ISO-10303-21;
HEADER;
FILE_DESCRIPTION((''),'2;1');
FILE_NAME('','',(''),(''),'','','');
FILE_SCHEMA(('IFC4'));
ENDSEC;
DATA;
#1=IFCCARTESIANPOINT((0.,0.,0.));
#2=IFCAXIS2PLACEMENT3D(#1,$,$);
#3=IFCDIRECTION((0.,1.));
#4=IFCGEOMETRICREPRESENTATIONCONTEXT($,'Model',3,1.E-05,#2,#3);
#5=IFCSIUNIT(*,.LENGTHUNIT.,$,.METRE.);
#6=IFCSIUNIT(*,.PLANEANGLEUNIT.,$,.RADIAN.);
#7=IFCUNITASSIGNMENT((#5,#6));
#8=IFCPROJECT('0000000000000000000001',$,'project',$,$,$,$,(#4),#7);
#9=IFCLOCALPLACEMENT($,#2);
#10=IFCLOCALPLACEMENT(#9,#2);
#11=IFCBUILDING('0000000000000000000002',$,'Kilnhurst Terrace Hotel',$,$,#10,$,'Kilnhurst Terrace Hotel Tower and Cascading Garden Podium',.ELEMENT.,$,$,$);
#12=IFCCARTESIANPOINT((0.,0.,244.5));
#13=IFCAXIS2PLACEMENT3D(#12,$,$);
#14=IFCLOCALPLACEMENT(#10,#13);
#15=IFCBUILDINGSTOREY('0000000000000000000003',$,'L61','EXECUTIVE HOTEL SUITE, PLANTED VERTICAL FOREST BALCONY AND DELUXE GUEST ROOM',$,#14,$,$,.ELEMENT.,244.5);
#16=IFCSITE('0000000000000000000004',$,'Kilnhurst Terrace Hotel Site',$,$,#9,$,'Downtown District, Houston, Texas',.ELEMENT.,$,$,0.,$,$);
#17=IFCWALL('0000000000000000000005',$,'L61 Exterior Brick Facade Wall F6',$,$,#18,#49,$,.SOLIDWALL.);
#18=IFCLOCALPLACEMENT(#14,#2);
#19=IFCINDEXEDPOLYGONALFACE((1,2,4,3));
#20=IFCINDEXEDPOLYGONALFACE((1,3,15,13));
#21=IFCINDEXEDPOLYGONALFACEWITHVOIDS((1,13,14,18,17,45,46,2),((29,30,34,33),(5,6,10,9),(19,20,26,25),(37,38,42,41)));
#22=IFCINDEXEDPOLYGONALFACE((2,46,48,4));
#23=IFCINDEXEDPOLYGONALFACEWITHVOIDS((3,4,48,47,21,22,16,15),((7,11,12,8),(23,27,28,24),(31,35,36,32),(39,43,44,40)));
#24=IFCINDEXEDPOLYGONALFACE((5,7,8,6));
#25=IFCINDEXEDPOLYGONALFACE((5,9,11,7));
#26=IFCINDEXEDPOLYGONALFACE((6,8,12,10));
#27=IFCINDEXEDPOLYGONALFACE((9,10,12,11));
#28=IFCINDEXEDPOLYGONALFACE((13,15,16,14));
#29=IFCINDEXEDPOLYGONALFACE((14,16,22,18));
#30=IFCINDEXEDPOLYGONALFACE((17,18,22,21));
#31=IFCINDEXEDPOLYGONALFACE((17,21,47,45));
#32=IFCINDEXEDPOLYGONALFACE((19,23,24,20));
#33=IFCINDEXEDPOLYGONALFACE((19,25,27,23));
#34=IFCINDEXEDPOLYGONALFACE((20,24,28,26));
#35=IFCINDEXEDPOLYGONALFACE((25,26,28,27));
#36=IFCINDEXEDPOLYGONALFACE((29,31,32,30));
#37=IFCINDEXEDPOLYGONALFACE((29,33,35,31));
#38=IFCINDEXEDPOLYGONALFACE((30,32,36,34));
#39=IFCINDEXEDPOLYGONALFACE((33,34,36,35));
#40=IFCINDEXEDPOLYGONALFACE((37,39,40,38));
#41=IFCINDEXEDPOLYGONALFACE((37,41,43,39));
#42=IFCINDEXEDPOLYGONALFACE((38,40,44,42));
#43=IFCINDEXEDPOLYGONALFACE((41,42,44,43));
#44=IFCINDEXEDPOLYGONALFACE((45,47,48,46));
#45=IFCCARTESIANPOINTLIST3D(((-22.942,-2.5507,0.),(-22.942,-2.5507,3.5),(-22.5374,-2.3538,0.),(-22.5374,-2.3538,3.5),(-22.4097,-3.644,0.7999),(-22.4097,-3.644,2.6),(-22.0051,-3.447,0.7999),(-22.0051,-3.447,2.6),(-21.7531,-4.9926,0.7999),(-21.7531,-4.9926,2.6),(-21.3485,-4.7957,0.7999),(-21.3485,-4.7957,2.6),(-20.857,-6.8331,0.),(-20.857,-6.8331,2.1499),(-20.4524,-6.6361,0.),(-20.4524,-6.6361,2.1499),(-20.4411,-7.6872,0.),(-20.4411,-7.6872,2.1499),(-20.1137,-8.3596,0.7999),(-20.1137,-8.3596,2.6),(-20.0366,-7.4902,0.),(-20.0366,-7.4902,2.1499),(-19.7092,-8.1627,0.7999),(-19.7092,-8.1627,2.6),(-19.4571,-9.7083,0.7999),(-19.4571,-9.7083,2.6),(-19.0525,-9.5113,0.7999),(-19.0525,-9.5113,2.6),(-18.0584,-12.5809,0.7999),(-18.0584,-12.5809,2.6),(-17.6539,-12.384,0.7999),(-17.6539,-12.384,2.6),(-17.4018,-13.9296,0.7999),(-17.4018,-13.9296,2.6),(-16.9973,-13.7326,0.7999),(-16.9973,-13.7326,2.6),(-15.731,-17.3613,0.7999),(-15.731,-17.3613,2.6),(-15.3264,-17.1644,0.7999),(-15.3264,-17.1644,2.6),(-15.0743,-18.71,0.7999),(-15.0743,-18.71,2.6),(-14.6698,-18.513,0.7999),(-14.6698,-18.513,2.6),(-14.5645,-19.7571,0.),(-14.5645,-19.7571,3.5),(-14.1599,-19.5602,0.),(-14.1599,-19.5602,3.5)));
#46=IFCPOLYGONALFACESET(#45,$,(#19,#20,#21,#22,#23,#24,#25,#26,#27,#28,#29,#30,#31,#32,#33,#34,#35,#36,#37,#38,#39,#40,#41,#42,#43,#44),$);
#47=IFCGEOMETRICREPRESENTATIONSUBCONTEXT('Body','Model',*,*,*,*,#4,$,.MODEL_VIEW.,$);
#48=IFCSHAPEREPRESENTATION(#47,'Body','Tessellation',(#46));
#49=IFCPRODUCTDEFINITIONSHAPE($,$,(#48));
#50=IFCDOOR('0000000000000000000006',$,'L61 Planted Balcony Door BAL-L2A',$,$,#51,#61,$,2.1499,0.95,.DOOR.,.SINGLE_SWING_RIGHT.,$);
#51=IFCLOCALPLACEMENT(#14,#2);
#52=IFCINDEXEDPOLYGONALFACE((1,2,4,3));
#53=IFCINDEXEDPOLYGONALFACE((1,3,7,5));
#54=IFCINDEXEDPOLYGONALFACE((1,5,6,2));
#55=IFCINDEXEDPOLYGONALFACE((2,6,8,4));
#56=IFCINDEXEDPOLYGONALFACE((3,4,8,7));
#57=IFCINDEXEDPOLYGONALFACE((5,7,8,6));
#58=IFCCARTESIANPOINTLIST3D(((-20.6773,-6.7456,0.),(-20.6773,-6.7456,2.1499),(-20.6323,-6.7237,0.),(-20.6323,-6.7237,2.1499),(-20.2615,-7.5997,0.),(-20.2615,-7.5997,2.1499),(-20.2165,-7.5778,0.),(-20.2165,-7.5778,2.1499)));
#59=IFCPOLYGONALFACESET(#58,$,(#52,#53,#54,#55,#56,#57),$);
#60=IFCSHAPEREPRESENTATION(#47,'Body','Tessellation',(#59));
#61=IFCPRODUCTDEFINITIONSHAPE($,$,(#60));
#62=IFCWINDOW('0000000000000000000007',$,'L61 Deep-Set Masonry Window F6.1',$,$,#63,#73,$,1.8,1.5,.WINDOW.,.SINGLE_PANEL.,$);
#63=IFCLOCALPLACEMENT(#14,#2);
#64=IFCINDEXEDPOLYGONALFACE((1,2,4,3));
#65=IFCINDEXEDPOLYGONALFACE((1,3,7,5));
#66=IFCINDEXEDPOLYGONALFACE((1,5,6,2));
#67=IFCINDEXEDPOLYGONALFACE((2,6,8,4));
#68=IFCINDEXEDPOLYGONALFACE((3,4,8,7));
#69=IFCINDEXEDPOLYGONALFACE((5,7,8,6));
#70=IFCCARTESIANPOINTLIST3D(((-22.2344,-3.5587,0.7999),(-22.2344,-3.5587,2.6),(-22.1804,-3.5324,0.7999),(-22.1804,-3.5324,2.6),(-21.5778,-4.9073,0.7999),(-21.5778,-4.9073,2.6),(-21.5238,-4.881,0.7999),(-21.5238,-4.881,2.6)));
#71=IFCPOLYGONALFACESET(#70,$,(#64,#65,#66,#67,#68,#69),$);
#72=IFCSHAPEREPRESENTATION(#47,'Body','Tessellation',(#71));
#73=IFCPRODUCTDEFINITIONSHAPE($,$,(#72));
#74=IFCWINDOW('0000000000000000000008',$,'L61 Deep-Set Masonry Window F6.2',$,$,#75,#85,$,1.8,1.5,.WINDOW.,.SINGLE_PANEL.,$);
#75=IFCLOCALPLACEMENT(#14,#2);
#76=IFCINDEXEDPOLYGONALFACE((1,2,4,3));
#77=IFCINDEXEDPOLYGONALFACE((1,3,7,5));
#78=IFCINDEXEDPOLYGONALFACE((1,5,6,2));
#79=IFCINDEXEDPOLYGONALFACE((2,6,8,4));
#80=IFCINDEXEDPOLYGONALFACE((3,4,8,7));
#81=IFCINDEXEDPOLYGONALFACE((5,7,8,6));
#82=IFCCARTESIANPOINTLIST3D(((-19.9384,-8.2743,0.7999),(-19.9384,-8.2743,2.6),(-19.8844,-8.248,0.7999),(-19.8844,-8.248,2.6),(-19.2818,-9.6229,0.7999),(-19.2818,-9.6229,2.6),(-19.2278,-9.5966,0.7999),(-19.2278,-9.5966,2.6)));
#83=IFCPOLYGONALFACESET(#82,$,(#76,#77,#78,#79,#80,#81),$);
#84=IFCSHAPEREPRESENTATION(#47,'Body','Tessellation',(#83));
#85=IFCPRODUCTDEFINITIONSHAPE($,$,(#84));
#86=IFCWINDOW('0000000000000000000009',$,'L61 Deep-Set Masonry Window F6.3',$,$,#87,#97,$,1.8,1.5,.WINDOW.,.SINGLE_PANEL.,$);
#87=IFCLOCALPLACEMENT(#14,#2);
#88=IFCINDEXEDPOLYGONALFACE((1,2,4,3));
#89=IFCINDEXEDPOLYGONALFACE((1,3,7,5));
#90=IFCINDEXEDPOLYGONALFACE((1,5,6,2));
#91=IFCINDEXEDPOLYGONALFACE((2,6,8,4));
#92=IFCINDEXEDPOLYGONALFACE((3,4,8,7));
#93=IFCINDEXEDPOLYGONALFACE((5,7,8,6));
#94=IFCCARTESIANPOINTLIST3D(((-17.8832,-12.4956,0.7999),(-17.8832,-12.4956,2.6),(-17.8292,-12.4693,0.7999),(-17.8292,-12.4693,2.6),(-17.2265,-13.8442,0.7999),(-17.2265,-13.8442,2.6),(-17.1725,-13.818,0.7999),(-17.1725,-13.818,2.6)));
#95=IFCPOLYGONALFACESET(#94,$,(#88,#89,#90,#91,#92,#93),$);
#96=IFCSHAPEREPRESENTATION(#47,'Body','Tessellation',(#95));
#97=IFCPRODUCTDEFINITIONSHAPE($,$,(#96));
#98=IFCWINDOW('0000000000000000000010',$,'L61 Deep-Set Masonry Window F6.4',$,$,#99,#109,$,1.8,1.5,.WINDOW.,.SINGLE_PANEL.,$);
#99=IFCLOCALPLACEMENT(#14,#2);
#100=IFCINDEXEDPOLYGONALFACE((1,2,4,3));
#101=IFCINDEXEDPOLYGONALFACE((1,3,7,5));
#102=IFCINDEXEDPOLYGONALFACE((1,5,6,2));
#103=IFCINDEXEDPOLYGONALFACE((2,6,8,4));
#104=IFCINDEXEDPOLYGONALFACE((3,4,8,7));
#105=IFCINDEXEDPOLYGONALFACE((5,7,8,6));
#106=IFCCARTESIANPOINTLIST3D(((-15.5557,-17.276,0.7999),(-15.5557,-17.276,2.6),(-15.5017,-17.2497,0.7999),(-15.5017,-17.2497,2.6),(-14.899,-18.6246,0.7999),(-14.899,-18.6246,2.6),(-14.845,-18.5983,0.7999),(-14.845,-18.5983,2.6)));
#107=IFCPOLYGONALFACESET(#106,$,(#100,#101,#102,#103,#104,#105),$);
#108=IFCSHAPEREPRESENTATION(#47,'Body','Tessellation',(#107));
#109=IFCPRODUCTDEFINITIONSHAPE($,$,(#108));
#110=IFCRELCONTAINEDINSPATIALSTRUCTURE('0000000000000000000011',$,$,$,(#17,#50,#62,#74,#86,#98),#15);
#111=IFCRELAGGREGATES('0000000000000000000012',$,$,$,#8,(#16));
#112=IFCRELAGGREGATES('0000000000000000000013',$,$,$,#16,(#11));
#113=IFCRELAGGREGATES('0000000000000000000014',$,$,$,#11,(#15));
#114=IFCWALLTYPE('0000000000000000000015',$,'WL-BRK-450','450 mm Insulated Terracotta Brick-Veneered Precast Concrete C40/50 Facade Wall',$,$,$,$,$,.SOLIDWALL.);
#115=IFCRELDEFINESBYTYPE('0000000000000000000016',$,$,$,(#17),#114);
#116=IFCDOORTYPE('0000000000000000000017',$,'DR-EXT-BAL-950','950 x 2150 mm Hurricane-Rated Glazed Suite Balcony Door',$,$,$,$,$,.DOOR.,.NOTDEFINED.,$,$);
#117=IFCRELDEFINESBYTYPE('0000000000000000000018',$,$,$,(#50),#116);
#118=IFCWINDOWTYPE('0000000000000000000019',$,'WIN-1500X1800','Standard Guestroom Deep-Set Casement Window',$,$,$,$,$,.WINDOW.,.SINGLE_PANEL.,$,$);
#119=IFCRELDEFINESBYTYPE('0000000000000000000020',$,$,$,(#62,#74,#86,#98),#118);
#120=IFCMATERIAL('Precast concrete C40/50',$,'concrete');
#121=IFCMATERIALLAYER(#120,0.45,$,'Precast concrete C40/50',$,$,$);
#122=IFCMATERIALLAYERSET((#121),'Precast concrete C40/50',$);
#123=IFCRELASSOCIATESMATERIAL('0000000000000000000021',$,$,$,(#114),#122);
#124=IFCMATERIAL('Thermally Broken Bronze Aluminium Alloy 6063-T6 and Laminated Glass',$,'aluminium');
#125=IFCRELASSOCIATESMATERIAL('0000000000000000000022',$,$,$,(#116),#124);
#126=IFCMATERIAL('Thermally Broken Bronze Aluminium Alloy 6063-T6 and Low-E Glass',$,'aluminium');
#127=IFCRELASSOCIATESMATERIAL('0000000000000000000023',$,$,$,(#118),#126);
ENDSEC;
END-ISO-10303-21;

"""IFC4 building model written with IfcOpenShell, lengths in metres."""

from ifc_helpers import new_model, si_unit, direction, frame, frame_2d, origin, place, context, subcontext, project, spatial, rectangle, extrude, material, layer, layer_set, type_object, element, fill, save


model = new_model("IFC4")

# Units and contexts
model_context = context("Model", 3, precision=1e-05, world=origin(), true_north=direction((0.0, 1.0)))
body_context = subcontext(model_context, "Body", "Model", "MODEL_VIEW")
ifc_project = project(units=[si_unit("LENGTHUNIT", "METRE"), si_unit("PLANEANGLEUNIT", "RADIAN")], contexts=[model_context])

# Site, building, storey
site_placement = place(None, origin())
site = spatial("IfcSite", under=ifc_project, at=site_placement, Name="Kilnhurst Terrace Hotel Site", LongName="Downtown District, Houston, Texas", CompositionType="ELEMENT", RefElevation=0.0)
building_placement = place(site_placement, origin())
building = spatial("IfcBuilding", under=site, at=building_placement, Name="Kilnhurst Terrace Hotel", LongName="Kilnhurst Terrace Hotel Tower and Cascading Garden Podium", CompositionType="ELEMENT")
storey_placement = place(building_placement, frame((0.0, 0.0, 244.5)))
storey = spatial("IfcBuildingStorey", under=building, at=storey_placement, Name="L61", Description="EXECUTIVE HOTEL SUITE, PLANTED VERTICAL FOREST BALCONY AND DELUXE GUEST ROOM", CompositionType="ELEMENT", Elevation=244.5)

# Shared definitions
ifc_material_1 = material(Name="Precast concrete C40/50", Category="concrete")
ifc_layer_1 = layer(ifc_material_1, 0.45, Name="Precast concrete C40/50")
ifc_layer_set_1 = layer_set([ifc_layer_1], Name="Precast concrete C40/50")
wall_type_1 = type_object("IfcWallType", Name="WL-BRK-450", Description="450 mm Insulated Terracotta Brick-Veneered Precast Concrete C40/50 Facade Wall", PredefinedType="SOLIDWALL", material=ifc_layer_set_1)

# Wall, openings, door, windows
wall_1_placement = place(storey_placement, frame((-22.7397, -2.4521, 0.0), z_axis=(0.0, 0.0, 1.0), x_axis=(0.437753, -0.899095, 0.0)))
wall_1 = element("IfcWall", 1, at=wall_1_placement, inside=storey, type_object=wall_type_1, Name="L61 Exterior Brick Facade Wall F6", PredefinedType="SOLIDWALL", context=body_context, shape_type="SweptSolid", body=[
    extrude(rectangle(XDim=19.1375, YDim=0.45, at=frame_2d((9.5688, 0.0))), origin(), (0.0, 0.0, 1.0), 3.5),
])
opening_1_placement = place(wall_1_placement, frame((4.7629, 0.0, 0.0)))
opening_1 = element("IfcOpeningElement", 2, at=opening_1_placement, cuts=wall_1, PredefinedType="OPENING", context=body_context, shape_type="SweptSolid", body=[
    extrude(rectangle(XDim=0.95, YDim=2.1499, at=frame_2d((0.4751, 1.075))), frame((0.0, 0.2349, 0.0), z_axis=(0.0, -1.0, 0.0), x_axis=(1.0, 0.0, 0.0)), (0.0, 0.0, 1.0), 0.47),
])
opening_2_placement = place(wall_1_placement, frame((1.2161, 0.0, 0.8)))
opening_2 = element("IfcOpeningElement", 3, at=opening_2_placement, cuts=wall_1, PredefinedType="OPENING", context=body_context, shape_type="SweptSolid", body=[
    extrude(rectangle(XDim=1.5, YDim=1.8, at=frame_2d((0.75, 0.8999))), frame((0.0, 0.2349, 0.0), z_axis=(0.0, -1.0, 0.0), x_axis=(1.0, 0.0, 0.0)), (0.0, 0.0, 1.0), 0.47),
])
opening_3_placement = place(wall_1_placement, frame((6.4609, 0.0, 0.8)))
opening_3 = element("IfcOpeningElement", 4, at=opening_3_placement, cuts=wall_1, PredefinedType="OPENING", context=body_context, shape_type="SweptSolid", body=[
    extrude(rectangle(XDim=1.5, YDim=1.8, at=frame_2d((0.75, 0.8999))), frame((0.0, 0.2349, 0.0), z_axis=(0.0, -1.0, 0.0), x_axis=(1.0, 0.0, 0.0)), (0.0, 0.0, 1.0), 0.47),
])
opening_4_placement = place(wall_1_placement, frame((11.156, 0.0, 0.8)))
opening_4 = element("IfcOpeningElement", 5, at=opening_4_placement, cuts=wall_1, PredefinedType="OPENING", context=body_context, shape_type="SweptSolid", body=[
    extrude(rectangle(XDim=1.5, YDim=1.8, at=frame_2d((0.75, 0.8999))), frame((0.0, 0.2349, 0.0), z_axis=(0.0, -1.0, 0.0), x_axis=(1.0, 0.0, 0.0)), (0.0, 0.0, 1.0), 0.47),
])
opening_5_placement = place(wall_1_placement, frame((16.4729, 0.0, 0.8)))
opening_5 = element("IfcOpeningElement", 6, at=opening_5_placement, cuts=wall_1, PredefinedType="OPENING", context=body_context, shape_type="SweptSolid", body=[
    extrude(rectangle(XDim=1.5, YDim=1.8, at=frame_2d((0.75, 0.8999))), frame((0.0, 0.2349, 0.0), z_axis=(0.0, -1.0, 0.0), x_axis=(1.0, 0.0, 0.0)), (0.0, 0.0, 1.0), 0.47),
])
ifc_material_2 = material(Name="Thermally Broken Bronze Aluminium Alloy 6063-T6 and Laminated Glass", Category="aluminium")
door_type_1 = type_object("IfcDoorType", Name="DR-EXT-BAL-950", Description="950 x 2150 mm Hurricane-Rated Glazed Suite Balcony Door", OperationType="NOTDEFINED", PredefinedType="DOOR", material=ifc_material_2)
door_1_placement = place(opening_1_placement, origin())
door_1 = element("IfcDoor", 7, at=door_1_placement, inside=storey, type_object=door_type_1, Name="L61 Planted Balcony Door BAL-L2A", OperationType="SINGLE_SWING_RIGHT", OverallHeight=2.1499, OverallWidth=0.95, PredefinedType="DOOR", context=body_context, shape_type="SweptSolid", body=[
    extrude(rectangle(XDim=0.95, YDim=2.1499, at=frame_2d((0.4751, 1.075))), frame((0.0, 0.0249, 0.0), z_axis=(0.0, -1.0, 0.0), x_axis=(1.0, 0.0, 0.0)), (0.0, 0.0, 1.0), 0.05),
])
fill(opening_1, door_1)
ifc_material_3 = material(Name="Thermally Broken Bronze Aluminium Alloy 6063-T6 and Low-E Glass", Category="aluminium")
window_type = type_object("IfcWindowType", Name="WIN-1500X1800", Description="Standard Guestroom Deep-Set Casement Window", PartitioningType="SINGLE_PANEL", PredefinedType="WINDOW", material=ifc_material_3)
window_1_placement = place(opening_2_placement, origin())
window_1 = element("IfcWindow", 8, at=window_1_placement, inside=storey, type_object=window_type, Name="L61 Deep-Set Masonry Window F6.1", OverallHeight=1.8, OverallWidth=1.5, PartitioningType="SINGLE_PANEL", PredefinedType="WINDOW", context=body_context, shape_type="SweptSolid", body=[
    extrude(rectangle(XDim=1.5, YDim=1.8, at=frame_2d((0.75, 0.8999))), frame((0.0, 0.03, 0.0), z_axis=(0.0, -1.0, 0.0), x_axis=(1.0, 0.0, 0.0)), (0.0, 0.0, 1.0), 0.0601),
])
fill(opening_2, window_1)
window_2_placement = place(opening_3_placement, origin())
window_2 = element("IfcWindow", 9, at=window_2_placement, inside=storey, type_object=window_type, Name="L61 Deep-Set Masonry Window F6.2", OverallHeight=1.8, OverallWidth=1.5, PartitioningType="SINGLE_PANEL", PredefinedType="WINDOW", context=body_context, shape_type="SweptSolid", body=[
    extrude(rectangle(XDim=1.5, YDim=1.8, at=frame_2d((0.75, 0.8999))), frame((0.0, 0.03, 0.0), z_axis=(0.0, -1.0, 0.0), x_axis=(1.0, 0.0, 0.0)), (0.0, 0.0, 1.0), 0.0601),
])
fill(opening_3, window_2)
window_3_placement = place(opening_4_placement, origin())
window_3 = element("IfcWindow", 10, at=window_3_placement, inside=storey, type_object=window_type, Name="L61 Deep-Set Masonry Window F6.3", OverallHeight=1.8, OverallWidth=1.5, PartitioningType="SINGLE_PANEL", PredefinedType="WINDOW", context=body_context, shape_type="SweptSolid", body=[
    extrude(rectangle(XDim=1.5, YDim=1.8, at=frame_2d((0.75, 0.8999))), frame((0.0, 0.03, 0.0), z_axis=(0.0, -1.0, 0.0), x_axis=(1.0, 0.0, 0.0)), (0.0, 0.0, 1.0), 0.0601),
])
fill(opening_4, window_3)
window_4_placement = place(opening_5_placement, origin())
window_4 = element("IfcWindow", 11, at=window_4_placement, inside=storey, type_object=window_type, Name="L61 Deep-Set Masonry Window F6.4", OverallHeight=1.8, OverallWidth=1.5, PartitioningType="SINGLE_PANEL", PredefinedType="WINDOW", context=body_context, shape_type="SweptSolid", body=[
    extrude(rectangle(XDim=1.5, YDim=1.8, at=frame_2d((0.75, 0.8999))), frame((0.0, 0.03, 0.0), z_axis=(0.0, -1.0, 0.0), x_axis=(1.0, 0.0, 0.0)), (0.0, 0.0, 1.0), 0.0601),
])
fill(opening_5, window_4)

save(model, "model.ifc")
